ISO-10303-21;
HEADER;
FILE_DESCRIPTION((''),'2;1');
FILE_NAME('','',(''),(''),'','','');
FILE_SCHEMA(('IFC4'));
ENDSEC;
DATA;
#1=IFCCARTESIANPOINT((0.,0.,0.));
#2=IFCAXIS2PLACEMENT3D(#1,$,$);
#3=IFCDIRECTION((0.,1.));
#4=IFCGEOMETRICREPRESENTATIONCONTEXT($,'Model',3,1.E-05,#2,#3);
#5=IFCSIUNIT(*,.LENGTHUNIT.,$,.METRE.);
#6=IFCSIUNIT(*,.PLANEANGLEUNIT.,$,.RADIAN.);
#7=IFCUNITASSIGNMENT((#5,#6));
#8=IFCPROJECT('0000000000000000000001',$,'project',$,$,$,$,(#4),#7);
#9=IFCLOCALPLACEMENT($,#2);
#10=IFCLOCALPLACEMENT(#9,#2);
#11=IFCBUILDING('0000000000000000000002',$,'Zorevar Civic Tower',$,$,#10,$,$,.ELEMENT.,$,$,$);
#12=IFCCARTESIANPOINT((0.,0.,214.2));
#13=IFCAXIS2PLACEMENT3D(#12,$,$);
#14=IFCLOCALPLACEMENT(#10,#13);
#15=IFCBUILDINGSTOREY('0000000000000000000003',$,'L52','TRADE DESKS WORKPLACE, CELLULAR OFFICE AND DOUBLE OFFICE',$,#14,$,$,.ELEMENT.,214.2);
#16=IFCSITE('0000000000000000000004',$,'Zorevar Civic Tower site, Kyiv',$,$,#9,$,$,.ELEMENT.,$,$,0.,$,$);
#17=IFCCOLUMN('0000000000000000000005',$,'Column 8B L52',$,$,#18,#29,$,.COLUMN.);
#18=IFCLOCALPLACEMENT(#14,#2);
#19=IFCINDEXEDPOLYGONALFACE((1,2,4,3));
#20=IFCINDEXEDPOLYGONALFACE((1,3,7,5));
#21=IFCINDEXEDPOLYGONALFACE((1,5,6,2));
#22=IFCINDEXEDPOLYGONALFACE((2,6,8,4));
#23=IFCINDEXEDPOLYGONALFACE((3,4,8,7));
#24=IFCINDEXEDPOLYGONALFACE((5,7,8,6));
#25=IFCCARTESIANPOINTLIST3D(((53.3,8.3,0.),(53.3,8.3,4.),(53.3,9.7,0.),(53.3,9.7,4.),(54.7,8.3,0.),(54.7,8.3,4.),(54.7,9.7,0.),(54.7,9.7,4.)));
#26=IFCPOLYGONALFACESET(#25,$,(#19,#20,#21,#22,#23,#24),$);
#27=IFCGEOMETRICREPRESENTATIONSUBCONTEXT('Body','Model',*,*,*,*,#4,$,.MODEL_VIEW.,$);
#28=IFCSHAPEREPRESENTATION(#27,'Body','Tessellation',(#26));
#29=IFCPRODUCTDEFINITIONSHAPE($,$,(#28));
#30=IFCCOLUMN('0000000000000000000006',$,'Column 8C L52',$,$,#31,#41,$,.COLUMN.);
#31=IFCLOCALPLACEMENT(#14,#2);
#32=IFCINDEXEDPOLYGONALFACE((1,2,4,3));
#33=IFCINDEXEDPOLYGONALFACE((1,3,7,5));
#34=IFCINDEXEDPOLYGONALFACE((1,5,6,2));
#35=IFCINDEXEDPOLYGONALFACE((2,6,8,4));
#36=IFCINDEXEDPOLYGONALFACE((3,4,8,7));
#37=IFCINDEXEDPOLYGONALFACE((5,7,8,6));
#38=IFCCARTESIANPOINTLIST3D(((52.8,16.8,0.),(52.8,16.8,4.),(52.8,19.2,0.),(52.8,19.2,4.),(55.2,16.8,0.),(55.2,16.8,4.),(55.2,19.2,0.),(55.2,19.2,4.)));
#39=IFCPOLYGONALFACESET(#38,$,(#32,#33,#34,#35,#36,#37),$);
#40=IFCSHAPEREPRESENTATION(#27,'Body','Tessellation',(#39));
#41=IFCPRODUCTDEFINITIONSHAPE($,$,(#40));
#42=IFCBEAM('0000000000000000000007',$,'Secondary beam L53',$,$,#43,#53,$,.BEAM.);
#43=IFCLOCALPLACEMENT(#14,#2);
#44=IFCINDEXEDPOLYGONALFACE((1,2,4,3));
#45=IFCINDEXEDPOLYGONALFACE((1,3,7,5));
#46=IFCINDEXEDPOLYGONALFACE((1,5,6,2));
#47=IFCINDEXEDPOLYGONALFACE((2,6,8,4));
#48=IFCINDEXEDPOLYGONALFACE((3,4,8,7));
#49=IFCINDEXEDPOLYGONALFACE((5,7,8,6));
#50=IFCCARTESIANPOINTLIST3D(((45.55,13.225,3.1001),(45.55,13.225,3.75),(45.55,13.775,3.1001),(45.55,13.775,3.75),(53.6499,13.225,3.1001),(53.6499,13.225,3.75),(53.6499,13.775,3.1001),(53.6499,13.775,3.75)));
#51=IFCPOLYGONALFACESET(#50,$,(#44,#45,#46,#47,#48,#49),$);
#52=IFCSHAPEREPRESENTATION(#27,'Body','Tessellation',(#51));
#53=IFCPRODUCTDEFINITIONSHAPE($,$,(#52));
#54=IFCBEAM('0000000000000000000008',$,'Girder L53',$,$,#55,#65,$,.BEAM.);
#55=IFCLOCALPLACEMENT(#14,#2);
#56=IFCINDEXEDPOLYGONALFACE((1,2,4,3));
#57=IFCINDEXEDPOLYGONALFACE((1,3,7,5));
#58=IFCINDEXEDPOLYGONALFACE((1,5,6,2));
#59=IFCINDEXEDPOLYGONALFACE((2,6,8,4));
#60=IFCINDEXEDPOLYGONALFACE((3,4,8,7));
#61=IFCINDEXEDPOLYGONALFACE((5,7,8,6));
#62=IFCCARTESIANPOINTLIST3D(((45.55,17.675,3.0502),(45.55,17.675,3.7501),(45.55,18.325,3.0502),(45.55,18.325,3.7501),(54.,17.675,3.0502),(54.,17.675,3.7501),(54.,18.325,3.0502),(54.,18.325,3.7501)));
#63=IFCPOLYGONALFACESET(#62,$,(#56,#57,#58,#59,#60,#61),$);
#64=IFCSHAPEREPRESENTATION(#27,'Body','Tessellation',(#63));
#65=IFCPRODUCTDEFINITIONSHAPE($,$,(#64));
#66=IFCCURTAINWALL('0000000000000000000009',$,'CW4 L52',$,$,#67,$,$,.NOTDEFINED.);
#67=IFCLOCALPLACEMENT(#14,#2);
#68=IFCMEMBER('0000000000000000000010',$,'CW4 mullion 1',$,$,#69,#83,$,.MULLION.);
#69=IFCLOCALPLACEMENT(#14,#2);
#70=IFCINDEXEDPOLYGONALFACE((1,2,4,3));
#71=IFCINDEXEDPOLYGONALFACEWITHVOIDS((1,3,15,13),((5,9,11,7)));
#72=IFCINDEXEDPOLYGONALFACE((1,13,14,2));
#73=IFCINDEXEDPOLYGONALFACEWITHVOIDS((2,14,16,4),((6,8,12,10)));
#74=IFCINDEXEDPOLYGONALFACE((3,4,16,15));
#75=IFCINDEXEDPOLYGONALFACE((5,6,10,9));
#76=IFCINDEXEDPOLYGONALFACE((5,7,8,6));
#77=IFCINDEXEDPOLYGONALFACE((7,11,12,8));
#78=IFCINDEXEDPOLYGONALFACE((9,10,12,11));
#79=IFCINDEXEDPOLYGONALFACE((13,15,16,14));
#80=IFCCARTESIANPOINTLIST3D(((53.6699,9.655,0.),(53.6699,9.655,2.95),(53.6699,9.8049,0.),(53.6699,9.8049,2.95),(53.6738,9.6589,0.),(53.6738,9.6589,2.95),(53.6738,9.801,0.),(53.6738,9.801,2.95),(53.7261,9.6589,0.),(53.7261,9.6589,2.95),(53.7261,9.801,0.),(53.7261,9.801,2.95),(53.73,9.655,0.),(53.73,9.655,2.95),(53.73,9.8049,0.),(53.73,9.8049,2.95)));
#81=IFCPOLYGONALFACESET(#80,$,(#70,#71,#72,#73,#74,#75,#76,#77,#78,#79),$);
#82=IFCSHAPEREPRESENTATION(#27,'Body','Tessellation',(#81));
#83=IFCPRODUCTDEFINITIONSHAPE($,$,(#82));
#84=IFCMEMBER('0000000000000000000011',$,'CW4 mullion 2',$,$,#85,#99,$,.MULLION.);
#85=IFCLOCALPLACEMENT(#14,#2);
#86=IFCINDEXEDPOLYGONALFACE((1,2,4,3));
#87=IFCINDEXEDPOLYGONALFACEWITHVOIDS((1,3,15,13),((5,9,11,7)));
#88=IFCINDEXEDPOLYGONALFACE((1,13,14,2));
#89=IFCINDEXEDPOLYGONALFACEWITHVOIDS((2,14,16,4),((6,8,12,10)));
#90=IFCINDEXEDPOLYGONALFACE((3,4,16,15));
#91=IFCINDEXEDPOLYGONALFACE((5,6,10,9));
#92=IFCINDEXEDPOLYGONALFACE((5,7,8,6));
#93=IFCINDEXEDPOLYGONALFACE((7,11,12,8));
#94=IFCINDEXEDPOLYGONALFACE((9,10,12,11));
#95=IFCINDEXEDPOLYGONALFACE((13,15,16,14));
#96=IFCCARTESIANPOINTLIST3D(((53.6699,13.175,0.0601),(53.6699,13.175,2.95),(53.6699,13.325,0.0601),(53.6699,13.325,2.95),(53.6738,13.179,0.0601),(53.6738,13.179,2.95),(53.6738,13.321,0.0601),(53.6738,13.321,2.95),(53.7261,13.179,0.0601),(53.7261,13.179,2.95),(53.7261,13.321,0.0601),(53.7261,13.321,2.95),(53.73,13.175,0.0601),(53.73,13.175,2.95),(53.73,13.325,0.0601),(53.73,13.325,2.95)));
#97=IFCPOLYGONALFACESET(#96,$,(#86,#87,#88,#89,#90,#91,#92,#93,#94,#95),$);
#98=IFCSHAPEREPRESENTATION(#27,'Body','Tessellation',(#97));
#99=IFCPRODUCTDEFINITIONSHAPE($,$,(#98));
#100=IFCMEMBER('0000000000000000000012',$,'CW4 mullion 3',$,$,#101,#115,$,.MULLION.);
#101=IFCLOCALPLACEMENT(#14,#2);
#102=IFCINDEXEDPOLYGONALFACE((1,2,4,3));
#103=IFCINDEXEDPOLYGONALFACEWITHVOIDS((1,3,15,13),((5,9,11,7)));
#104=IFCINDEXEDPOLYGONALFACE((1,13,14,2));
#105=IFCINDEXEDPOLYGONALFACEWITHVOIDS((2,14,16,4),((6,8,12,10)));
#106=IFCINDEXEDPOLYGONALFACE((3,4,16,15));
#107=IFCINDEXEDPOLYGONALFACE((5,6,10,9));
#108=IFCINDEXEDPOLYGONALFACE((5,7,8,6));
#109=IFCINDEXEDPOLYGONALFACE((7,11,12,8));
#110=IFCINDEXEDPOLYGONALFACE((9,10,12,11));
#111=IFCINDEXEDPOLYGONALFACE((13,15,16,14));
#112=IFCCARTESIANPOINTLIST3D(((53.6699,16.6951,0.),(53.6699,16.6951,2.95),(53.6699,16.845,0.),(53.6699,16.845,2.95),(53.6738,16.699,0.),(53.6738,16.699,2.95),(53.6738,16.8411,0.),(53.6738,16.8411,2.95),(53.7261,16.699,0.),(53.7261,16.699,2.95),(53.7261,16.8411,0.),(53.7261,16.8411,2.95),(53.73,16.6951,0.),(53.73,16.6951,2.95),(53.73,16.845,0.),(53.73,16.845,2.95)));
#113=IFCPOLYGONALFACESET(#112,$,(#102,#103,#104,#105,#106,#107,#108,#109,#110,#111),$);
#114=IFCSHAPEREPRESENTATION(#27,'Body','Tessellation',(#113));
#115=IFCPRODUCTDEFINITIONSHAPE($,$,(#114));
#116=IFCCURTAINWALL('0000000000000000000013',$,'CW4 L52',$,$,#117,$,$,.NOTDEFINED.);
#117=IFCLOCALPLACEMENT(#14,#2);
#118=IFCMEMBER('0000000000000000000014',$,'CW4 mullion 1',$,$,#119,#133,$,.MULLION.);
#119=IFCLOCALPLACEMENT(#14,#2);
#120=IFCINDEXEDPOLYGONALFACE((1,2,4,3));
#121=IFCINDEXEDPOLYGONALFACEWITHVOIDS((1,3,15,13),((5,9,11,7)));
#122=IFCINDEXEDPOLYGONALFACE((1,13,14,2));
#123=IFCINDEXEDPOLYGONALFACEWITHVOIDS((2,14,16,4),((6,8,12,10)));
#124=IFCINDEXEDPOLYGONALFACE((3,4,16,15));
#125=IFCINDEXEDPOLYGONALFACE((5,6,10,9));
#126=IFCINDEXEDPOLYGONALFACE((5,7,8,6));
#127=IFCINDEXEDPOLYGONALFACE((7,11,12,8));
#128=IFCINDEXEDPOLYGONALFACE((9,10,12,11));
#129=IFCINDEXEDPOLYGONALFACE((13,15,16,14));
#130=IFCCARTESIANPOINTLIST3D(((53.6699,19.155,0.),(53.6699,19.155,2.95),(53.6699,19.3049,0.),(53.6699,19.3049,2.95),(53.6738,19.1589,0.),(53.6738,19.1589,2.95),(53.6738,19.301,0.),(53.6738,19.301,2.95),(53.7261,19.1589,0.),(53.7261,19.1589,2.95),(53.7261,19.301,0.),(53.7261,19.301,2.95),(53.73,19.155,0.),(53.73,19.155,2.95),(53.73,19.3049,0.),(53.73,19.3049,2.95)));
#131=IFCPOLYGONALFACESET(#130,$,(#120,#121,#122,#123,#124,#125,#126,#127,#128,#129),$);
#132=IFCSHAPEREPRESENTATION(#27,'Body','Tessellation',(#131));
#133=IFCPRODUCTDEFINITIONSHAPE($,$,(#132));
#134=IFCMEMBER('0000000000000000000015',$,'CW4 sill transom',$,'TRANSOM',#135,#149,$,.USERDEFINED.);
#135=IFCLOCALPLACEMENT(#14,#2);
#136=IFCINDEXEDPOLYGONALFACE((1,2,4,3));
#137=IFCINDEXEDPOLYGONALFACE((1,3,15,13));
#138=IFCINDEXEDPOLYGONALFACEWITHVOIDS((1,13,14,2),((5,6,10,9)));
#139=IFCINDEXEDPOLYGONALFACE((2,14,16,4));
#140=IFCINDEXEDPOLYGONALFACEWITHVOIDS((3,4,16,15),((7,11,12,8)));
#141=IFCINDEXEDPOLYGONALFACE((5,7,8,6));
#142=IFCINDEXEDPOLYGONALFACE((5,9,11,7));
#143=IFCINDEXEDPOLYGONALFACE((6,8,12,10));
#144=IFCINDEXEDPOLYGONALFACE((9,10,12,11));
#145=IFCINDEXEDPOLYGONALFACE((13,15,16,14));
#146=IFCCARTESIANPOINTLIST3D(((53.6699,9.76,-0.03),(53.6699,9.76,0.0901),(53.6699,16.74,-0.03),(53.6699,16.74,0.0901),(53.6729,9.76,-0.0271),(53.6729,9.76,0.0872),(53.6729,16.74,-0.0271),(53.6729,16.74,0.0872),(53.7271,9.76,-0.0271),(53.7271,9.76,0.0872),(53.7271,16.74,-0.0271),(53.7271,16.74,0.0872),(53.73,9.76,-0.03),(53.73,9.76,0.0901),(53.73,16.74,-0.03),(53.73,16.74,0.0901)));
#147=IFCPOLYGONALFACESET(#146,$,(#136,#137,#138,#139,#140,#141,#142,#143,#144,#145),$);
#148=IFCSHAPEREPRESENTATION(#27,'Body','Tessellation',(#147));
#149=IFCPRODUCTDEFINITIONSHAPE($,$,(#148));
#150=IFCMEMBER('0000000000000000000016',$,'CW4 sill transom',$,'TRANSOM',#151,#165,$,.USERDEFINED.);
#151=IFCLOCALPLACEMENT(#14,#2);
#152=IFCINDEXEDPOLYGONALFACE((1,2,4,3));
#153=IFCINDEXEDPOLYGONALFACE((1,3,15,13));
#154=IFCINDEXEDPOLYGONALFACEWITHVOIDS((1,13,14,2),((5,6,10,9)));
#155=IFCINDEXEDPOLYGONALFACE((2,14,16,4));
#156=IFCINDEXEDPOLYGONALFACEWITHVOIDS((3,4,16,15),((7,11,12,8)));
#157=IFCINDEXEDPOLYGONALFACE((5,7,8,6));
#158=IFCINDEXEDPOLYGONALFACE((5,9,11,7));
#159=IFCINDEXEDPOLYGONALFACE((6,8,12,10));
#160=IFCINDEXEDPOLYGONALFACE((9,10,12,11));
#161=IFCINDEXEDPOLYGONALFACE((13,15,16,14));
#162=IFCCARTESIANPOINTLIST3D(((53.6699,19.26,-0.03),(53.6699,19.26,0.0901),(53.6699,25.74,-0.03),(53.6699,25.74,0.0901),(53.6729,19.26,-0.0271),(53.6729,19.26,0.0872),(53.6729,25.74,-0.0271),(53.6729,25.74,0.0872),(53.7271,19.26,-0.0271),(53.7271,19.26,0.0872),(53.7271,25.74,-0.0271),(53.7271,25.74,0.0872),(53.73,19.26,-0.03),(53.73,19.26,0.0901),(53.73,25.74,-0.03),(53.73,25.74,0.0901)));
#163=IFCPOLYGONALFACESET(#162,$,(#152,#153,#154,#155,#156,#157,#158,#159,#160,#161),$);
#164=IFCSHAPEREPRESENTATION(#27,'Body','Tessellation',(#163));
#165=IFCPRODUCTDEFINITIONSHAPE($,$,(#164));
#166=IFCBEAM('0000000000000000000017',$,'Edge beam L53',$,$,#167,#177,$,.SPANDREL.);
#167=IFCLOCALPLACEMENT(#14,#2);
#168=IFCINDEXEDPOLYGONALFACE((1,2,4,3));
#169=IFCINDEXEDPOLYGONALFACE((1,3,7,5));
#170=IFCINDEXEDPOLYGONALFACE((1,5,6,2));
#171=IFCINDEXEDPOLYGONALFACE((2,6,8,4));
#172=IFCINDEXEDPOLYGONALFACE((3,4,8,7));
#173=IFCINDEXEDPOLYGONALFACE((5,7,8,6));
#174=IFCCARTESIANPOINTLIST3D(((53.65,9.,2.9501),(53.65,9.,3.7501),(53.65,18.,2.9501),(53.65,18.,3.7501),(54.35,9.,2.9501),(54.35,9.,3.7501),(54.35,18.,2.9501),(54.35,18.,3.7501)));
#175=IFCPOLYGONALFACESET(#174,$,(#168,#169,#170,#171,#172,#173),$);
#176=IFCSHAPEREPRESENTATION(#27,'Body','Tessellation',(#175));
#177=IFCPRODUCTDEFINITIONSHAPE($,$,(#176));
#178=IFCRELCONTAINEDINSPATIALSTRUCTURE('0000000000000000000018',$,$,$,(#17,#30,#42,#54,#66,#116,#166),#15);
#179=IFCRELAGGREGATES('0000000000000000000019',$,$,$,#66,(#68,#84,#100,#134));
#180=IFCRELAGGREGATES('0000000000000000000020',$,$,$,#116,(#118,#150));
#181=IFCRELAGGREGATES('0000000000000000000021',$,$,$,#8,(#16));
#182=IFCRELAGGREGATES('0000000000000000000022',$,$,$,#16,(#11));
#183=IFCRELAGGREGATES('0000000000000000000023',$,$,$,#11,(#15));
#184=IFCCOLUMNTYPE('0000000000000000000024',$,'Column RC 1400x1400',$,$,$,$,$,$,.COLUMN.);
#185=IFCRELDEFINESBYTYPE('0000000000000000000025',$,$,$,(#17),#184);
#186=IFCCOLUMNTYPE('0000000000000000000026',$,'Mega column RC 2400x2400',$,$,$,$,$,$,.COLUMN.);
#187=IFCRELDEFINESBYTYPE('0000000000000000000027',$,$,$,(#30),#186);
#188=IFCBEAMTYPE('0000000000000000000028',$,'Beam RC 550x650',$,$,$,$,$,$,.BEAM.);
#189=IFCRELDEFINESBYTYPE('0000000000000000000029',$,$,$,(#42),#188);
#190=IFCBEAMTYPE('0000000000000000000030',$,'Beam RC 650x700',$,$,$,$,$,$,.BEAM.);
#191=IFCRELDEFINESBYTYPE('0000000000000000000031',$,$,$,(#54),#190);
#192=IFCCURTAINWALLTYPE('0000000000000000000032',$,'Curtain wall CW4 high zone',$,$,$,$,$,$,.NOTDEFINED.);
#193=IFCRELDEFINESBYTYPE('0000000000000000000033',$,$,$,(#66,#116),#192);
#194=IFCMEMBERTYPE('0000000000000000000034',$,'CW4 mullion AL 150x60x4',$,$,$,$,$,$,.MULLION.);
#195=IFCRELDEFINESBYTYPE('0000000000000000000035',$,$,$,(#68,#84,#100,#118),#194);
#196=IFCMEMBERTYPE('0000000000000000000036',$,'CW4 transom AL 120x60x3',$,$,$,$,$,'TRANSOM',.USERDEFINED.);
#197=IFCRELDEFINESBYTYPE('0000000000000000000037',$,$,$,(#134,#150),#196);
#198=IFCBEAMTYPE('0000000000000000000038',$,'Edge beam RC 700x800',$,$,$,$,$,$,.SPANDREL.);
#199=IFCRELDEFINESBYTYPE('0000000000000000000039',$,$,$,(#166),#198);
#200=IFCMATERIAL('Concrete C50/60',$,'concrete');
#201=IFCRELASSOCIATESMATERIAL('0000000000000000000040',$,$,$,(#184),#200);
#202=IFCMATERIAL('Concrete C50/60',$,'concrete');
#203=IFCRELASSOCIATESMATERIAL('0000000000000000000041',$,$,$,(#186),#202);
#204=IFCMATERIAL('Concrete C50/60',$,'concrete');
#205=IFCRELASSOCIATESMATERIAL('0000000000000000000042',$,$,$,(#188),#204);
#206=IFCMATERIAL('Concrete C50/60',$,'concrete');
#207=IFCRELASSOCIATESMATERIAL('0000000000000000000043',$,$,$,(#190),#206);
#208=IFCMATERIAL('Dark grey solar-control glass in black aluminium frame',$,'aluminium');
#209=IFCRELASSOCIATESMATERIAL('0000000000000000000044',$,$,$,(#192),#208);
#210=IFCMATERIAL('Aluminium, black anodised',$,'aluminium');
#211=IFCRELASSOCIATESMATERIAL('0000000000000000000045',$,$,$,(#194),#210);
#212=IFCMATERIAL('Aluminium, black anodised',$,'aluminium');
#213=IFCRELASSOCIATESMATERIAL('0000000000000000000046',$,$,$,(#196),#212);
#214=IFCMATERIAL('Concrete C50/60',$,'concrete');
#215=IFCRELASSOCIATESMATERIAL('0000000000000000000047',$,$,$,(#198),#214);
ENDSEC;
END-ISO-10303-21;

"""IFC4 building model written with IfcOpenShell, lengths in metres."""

from ifc_helpers import new_model, si_unit, direction, frame, origin, origin_2d, place, context, subcontext, project, spatial, rectangle, hollow_rectangle, extrude, material, material_profile, profile_set, type_object, element, aggregate, save


model = new_model("IFC4")

# Units and contexts
model_context = context("Model", 3, precision=1e-05, world=origin(), true_north=direction((0.0, 1.0)))
body_context = subcontext(model_context, "Body", "Model", "MODEL_VIEW")
ifc_project = project(units=[si_unit("LENGTHUNIT", "METRE"), si_unit("PLANEANGLEUNIT", "RADIAN")], contexts=[model_context])

# Site, building, storey
site_placement = place(None, origin())
site = spatial("IfcSite", under=ifc_project, at=site_placement, Name="Zorevar Civic Tower site, Kyiv", CompositionType="ELEMENT", RefElevation=0.0)
building_placement = place(site_placement, origin())
building = spatial("IfcBuilding", under=site, at=building_placement, Name="Zorevar Civic Tower", CompositionType="ELEMENT")
storey_placement = place(building_placement, frame((0.0, 0.0, 214.2)))
storey = spatial("IfcBuildingStorey", under=building, at=storey_placement, Name="L52", Description="TRADE DESKS WORKPLACE, CELLULAR OFFICE AND DOUBLE OFFICE", CompositionType="ELEMENT", Elevation=214.2)

# Columns
ifc_material_1 = material(Name="Concrete C50/60", Category="concrete")
ifc_material_profile_1 = material_profile(ifc_material_1, rectangle(XDim=1.3999, YDim=1.3999, at=origin_2d()), Name="RC 1400x1400")
ifc_profile_set_1 = profile_set([ifc_material_profile_1], Name="Concrete C50/60")
column_type_1 = type_object("IfcColumnType", Name="Column RC 1400x1400", PredefinedType="COLUMN", material=ifc_profile_set_1)
column_1_placement = place(storey_placement, frame((54.0, 9.0, 0.0), z_axis=(0.0, 0.0, 1.0), x_axis=(1.0, 0.0, 0.0)))
element("IfcColumn", 1, at=column_1_placement, inside=storey, type_object=column_type_1, Name="Column 8B L52", PredefinedType="COLUMN", context=body_context, shape_type="SweptSolid", body=[
    extrude(rectangle(XDim=1.3999, YDim=1.3999, at=origin_2d()), origin(), (0.0, 0.0, 1.0), 4.0),
])
ifc_material_2 = material(Name="Concrete C50/60", Category="concrete")
ifc_material_profile_2 = material_profile(ifc_material_2, rectangle(XDim=2.3999, YDim=2.3999, at=origin_2d()), Name="RC 2400x2400")
ifc_profile_set_2 = profile_set([ifc_material_profile_2], Name="Concrete C50/60")
column_type_2 = type_object("IfcColumnType", Name="Mega column RC 2400x2400", PredefinedType="COLUMN", material=ifc_profile_set_2)
column_2_placement = place(storey_placement, frame((54.0, 18.0, 0.0), z_axis=(0.0, 0.0, 1.0), x_axis=(1.0, 0.0, 0.0)))
element("IfcColumn", 2, at=column_2_placement, inside=storey, type_object=column_type_2, Name="Column 8C L52", PredefinedType="COLUMN", context=body_context, shape_type="SweptSolid", body=[
    extrude(rectangle(XDim=2.3999, YDim=2.3999, at=origin_2d()), origin(), (0.0, 0.0, 1.0), 4.0),
])

# Beams
ifc_material_3 = material(Name="Concrete C50/60", Category="concrete")
ifc_material_profile_3 = material_profile(ifc_material_3, rectangle(XDim=0.55, YDim=0.6499, at=origin_2d()), Name="RC 550x650")
ifc_profile_set_3 = profile_set([ifc_material_profile_3], Name="Concrete C50/60")
beam_type_1 = type_object("IfcBeamType", Name="Beam RC 550x650", PredefinedType="BEAM", material=ifc_profile_set_3)
beam_1_placement = place(storey_placement, frame((45.55, 13.5, 3.425), z_axis=(1.0, 0.0, 0.0), x_axis=(0.0, 1.0, 0.0)))
element("IfcBeam", 3, at=beam_1_placement, inside=storey, type_object=beam_type_1, Name="Secondary beam L53", PredefinedType="BEAM", context=body_context, shape_type="SweptSolid", body=[
    extrude(rectangle(XDim=0.55, YDim=0.6499, at=origin_2d()), origin(), (0.0, 0.0, 1.0), 8.0999),
])
ifc_material_4 = material(Name="Concrete C50/60", Category="concrete")
ifc_material_profile_4 = material_profile(ifc_material_4, rectangle(XDim=0.6499, YDim=0.7, at=origin_2d()), Name="RC 650x700")
ifc_profile_set_4 = profile_set([ifc_material_profile_4], Name="Concrete C50/60")
beam_type_2 = type_object("IfcBeamType", Name="Beam RC 650x700", PredefinedType="BEAM", material=ifc_profile_set_4)
beam_2_placement = place(storey_placement, frame((45.55, 18.0, 3.4001), z_axis=(1.0, 0.0, 0.0), x_axis=(0.0, 1.0, 0.0)))
element("IfcBeam", 4, at=beam_2_placement, inside=storey, type_object=beam_type_2, Name="Girder L53", PredefinedType="BEAM", context=body_context, shape_type="SweptSolid", body=[
    extrude(rectangle(XDim=0.6499, YDim=0.7, at=origin_2d()), origin(), (0.0, 0.0, 1.0), 8.45),
])

# Curtain wall, members
ifc_material_5 = material(Name="Dark grey solar-control glass in black aluminium frame", Category="aluminium")
curtain_wall_type = type_object("IfcCurtainWallType", Name="Curtain wall CW4 high zone", PredefinedType="NOTDEFINED", material=ifc_material_5)
curtain_wall_1_placement = place(storey_placement, origin())
curtain_wall_1 = element("IfcCurtainWall", 5, at=curtain_wall_1_placement, inside=storey, type_object=curtain_wall_type, Name="CW4 L52", PredefinedType="NOTDEFINED")
ifc_material_6 = material(Name="Aluminium, black anodised", Category="aluminium")
ifc_material_profile_5 = material_profile(ifc_material_6, hollow_rectangle(XDim=0.0601, YDim=0.1499, WallThickness=0.0039, at=origin_2d()), Name="AL 150x60x4")
ifc_profile_set_5 = profile_set([ifc_material_profile_5], Name="Aluminium, black anodised")
member_type_1 = type_object("IfcMemberType", Name="CW4 mullion AL 150x60x4", PredefinedType="MULLION", material=ifc_profile_set_5)
member_1_placement = place(storey_placement, frame((53.7, 9.73, 0.0), z_axis=(0.0, 0.0, 1.0), x_axis=(-1.0, 0.0, 0.0)))
member_1 = element("IfcMember", 6, at=member_1_placement, type_object=member_type_1, Name="CW4 mullion 1", PredefinedType="MULLION", context=body_context, shape_type="SweptSolid", body=[
    extrude(hollow_rectangle(XDim=0.0601, YDim=0.1499, WallThickness=0.0039, at=origin_2d()), origin(), (0.0, 0.0, 1.0), 2.95),
])
member_2_placement = place(storey_placement, frame((53.7, 13.25, 0.0601), z_axis=(0.0, 0.0, 1.0), x_axis=(-1.0, 0.0, 0.0)))
member_2 = element("IfcMember", 7, at=member_2_placement, type_object=member_type_1, Name="CW4 mullion 2", PredefinedType="MULLION", context=body_context, shape_type="SweptSolid", body=[
    extrude(hollow_rectangle(XDim=0.0601, YDim=0.1499, WallThickness=0.0039, at=origin_2d()), origin(), (0.0, 0.0, 1.0), 2.8899),
])
member_3_placement = place(storey_placement, frame((53.7, 16.77, 0.0), z_axis=(0.0, 0.0, 1.0), x_axis=(-1.0, 0.0, 0.0)))
member_3 = element("IfcMember", 8, at=member_3_placement, type_object=member_type_1, Name="CW4 mullion 3", PredefinedType="MULLION", context=body_context, shape_type="SweptSolid", body=[
    extrude(hollow_rectangle(XDim=0.0601, YDim=0.1499, WallThickness=0.0039, at=origin_2d()), origin(), (0.0, 0.0, 1.0), 2.95),
])

# Curtain wall, member
curtain_wall_2_placement = place(storey_placement, origin())
curtain_wall_2 = element("IfcCurtainWall", 9, at=curtain_wall_2_placement, inside=storey, type_object=curtain_wall_type, Name="CW4 L52", PredefinedType="NOTDEFINED")
member_4_placement = place(storey_placement, frame((53.7, 19.23, 0.0), z_axis=(0.0, 0.0, 1.0), x_axis=(-1.0, 0.0, 0.0)))
member_4 = element("IfcMember", 10, at=member_4_placement, type_object=member_type_1, Name="CW4 mullion 1", PredefinedType="MULLION", context=body_context, shape_type="SweptSolid", body=[
    extrude(hollow_rectangle(XDim=0.0601, YDim=0.1499, WallThickness=0.0039, at=origin_2d()), origin(), (0.0, 0.0, 1.0), 2.95),
])

# Members
ifc_material_7 = material(Name="Aluminium, black anodised", Category="aluminium")
ifc_material_profile_6 = material_profile(ifc_material_7, hollow_rectangle(XDim=0.0601, YDim=0.1201, WallThickness=0.0029, at=origin_2d()), Name="AL 120x60x3")
ifc_profile_set_6 = profile_set([ifc_material_profile_6], Name="Aluminium, black anodised")
member_type_2 = type_object("IfcMemberType", Name="CW4 transom AL 120x60x3", ElementType="TRANSOM", PredefinedType="USERDEFINED", material=ifc_profile_set_6)
member_5_placement = place(storey_placement, frame((53.7, 9.76, 0.03), z_axis=(0.0, 1.0, 0.0), x_axis=(-1.0, 0.0, 0.0)))
member_5 = element("IfcMember", 11, at=member_5_placement, type_object=member_type_2, Name="CW4 sill transom", ObjectType="TRANSOM", PredefinedType="USERDEFINED", context=body_context, shape_type="SweptSolid", body=[
    extrude(hollow_rectangle(XDim=0.0601, YDim=0.1201, WallThickness=0.0029, at=origin_2d()), origin(), (0.0, 0.0, 1.0), 6.98),
])
member_6_placement = place(storey_placement, frame((53.7, 19.26, 0.03), z_axis=(0.0, 1.0, 0.0), x_axis=(-1.0, 0.0, 0.0)))
member_6 = element("IfcMember", 12, at=member_6_placement, type_object=member_type_2, Name="CW4 sill transom", ObjectType="TRANSOM", PredefinedType="USERDEFINED", context=body_context, shape_type="SweptSolid", body=[
    extrude(hollow_rectangle(XDim=0.0601, YDim=0.1201, WallThickness=0.0029, at=origin_2d()), origin(), (0.0, 0.0, 1.0), 6.48),
])

# Beam
ifc_material_8 = material(Name="Concrete C50/60", Category="concrete")
ifc_material_profile_7 = material_profile(ifc_material_8, rectangle(XDim=0.7, YDim=0.8, at=origin_2d()), Name="RC 700x800")
ifc_profile_set_7 = profile_set([ifc_material_profile_7], Name="Concrete C50/60")
beam_type_3 = type_object("IfcBeamType", Name="Edge beam RC 700x800", PredefinedType="SPANDREL", material=ifc_profile_set_7)
for number, where, z_axis, x_axis, name in (
    (13, (54.0, 9.0, 3.3501), (0.0, 1.0, 0.0), (-1.0, 0.0, 0.0), "Edge beam L53"),
):
    element("IfcBeam", number, at=place(storey_placement, frame(where, z_axis=z_axis, x_axis=x_axis)), inside=storey, type_object=beam_type_3, Name=name, PredefinedType="SPANDREL", context=body_context, shape_type="SweptSolid", body=[
        extrude(rectangle(XDim=0.7, YDim=0.8, at=origin_2d()), origin(), (0.0, 0.0, 1.0), 9.0),
    ])

aggregate(curtain_wall_1, [member_1, member_2, member_3, member_5])
aggregate(curtain_wall_2, [member_4, member_6])

save(model, "model.ifc")
